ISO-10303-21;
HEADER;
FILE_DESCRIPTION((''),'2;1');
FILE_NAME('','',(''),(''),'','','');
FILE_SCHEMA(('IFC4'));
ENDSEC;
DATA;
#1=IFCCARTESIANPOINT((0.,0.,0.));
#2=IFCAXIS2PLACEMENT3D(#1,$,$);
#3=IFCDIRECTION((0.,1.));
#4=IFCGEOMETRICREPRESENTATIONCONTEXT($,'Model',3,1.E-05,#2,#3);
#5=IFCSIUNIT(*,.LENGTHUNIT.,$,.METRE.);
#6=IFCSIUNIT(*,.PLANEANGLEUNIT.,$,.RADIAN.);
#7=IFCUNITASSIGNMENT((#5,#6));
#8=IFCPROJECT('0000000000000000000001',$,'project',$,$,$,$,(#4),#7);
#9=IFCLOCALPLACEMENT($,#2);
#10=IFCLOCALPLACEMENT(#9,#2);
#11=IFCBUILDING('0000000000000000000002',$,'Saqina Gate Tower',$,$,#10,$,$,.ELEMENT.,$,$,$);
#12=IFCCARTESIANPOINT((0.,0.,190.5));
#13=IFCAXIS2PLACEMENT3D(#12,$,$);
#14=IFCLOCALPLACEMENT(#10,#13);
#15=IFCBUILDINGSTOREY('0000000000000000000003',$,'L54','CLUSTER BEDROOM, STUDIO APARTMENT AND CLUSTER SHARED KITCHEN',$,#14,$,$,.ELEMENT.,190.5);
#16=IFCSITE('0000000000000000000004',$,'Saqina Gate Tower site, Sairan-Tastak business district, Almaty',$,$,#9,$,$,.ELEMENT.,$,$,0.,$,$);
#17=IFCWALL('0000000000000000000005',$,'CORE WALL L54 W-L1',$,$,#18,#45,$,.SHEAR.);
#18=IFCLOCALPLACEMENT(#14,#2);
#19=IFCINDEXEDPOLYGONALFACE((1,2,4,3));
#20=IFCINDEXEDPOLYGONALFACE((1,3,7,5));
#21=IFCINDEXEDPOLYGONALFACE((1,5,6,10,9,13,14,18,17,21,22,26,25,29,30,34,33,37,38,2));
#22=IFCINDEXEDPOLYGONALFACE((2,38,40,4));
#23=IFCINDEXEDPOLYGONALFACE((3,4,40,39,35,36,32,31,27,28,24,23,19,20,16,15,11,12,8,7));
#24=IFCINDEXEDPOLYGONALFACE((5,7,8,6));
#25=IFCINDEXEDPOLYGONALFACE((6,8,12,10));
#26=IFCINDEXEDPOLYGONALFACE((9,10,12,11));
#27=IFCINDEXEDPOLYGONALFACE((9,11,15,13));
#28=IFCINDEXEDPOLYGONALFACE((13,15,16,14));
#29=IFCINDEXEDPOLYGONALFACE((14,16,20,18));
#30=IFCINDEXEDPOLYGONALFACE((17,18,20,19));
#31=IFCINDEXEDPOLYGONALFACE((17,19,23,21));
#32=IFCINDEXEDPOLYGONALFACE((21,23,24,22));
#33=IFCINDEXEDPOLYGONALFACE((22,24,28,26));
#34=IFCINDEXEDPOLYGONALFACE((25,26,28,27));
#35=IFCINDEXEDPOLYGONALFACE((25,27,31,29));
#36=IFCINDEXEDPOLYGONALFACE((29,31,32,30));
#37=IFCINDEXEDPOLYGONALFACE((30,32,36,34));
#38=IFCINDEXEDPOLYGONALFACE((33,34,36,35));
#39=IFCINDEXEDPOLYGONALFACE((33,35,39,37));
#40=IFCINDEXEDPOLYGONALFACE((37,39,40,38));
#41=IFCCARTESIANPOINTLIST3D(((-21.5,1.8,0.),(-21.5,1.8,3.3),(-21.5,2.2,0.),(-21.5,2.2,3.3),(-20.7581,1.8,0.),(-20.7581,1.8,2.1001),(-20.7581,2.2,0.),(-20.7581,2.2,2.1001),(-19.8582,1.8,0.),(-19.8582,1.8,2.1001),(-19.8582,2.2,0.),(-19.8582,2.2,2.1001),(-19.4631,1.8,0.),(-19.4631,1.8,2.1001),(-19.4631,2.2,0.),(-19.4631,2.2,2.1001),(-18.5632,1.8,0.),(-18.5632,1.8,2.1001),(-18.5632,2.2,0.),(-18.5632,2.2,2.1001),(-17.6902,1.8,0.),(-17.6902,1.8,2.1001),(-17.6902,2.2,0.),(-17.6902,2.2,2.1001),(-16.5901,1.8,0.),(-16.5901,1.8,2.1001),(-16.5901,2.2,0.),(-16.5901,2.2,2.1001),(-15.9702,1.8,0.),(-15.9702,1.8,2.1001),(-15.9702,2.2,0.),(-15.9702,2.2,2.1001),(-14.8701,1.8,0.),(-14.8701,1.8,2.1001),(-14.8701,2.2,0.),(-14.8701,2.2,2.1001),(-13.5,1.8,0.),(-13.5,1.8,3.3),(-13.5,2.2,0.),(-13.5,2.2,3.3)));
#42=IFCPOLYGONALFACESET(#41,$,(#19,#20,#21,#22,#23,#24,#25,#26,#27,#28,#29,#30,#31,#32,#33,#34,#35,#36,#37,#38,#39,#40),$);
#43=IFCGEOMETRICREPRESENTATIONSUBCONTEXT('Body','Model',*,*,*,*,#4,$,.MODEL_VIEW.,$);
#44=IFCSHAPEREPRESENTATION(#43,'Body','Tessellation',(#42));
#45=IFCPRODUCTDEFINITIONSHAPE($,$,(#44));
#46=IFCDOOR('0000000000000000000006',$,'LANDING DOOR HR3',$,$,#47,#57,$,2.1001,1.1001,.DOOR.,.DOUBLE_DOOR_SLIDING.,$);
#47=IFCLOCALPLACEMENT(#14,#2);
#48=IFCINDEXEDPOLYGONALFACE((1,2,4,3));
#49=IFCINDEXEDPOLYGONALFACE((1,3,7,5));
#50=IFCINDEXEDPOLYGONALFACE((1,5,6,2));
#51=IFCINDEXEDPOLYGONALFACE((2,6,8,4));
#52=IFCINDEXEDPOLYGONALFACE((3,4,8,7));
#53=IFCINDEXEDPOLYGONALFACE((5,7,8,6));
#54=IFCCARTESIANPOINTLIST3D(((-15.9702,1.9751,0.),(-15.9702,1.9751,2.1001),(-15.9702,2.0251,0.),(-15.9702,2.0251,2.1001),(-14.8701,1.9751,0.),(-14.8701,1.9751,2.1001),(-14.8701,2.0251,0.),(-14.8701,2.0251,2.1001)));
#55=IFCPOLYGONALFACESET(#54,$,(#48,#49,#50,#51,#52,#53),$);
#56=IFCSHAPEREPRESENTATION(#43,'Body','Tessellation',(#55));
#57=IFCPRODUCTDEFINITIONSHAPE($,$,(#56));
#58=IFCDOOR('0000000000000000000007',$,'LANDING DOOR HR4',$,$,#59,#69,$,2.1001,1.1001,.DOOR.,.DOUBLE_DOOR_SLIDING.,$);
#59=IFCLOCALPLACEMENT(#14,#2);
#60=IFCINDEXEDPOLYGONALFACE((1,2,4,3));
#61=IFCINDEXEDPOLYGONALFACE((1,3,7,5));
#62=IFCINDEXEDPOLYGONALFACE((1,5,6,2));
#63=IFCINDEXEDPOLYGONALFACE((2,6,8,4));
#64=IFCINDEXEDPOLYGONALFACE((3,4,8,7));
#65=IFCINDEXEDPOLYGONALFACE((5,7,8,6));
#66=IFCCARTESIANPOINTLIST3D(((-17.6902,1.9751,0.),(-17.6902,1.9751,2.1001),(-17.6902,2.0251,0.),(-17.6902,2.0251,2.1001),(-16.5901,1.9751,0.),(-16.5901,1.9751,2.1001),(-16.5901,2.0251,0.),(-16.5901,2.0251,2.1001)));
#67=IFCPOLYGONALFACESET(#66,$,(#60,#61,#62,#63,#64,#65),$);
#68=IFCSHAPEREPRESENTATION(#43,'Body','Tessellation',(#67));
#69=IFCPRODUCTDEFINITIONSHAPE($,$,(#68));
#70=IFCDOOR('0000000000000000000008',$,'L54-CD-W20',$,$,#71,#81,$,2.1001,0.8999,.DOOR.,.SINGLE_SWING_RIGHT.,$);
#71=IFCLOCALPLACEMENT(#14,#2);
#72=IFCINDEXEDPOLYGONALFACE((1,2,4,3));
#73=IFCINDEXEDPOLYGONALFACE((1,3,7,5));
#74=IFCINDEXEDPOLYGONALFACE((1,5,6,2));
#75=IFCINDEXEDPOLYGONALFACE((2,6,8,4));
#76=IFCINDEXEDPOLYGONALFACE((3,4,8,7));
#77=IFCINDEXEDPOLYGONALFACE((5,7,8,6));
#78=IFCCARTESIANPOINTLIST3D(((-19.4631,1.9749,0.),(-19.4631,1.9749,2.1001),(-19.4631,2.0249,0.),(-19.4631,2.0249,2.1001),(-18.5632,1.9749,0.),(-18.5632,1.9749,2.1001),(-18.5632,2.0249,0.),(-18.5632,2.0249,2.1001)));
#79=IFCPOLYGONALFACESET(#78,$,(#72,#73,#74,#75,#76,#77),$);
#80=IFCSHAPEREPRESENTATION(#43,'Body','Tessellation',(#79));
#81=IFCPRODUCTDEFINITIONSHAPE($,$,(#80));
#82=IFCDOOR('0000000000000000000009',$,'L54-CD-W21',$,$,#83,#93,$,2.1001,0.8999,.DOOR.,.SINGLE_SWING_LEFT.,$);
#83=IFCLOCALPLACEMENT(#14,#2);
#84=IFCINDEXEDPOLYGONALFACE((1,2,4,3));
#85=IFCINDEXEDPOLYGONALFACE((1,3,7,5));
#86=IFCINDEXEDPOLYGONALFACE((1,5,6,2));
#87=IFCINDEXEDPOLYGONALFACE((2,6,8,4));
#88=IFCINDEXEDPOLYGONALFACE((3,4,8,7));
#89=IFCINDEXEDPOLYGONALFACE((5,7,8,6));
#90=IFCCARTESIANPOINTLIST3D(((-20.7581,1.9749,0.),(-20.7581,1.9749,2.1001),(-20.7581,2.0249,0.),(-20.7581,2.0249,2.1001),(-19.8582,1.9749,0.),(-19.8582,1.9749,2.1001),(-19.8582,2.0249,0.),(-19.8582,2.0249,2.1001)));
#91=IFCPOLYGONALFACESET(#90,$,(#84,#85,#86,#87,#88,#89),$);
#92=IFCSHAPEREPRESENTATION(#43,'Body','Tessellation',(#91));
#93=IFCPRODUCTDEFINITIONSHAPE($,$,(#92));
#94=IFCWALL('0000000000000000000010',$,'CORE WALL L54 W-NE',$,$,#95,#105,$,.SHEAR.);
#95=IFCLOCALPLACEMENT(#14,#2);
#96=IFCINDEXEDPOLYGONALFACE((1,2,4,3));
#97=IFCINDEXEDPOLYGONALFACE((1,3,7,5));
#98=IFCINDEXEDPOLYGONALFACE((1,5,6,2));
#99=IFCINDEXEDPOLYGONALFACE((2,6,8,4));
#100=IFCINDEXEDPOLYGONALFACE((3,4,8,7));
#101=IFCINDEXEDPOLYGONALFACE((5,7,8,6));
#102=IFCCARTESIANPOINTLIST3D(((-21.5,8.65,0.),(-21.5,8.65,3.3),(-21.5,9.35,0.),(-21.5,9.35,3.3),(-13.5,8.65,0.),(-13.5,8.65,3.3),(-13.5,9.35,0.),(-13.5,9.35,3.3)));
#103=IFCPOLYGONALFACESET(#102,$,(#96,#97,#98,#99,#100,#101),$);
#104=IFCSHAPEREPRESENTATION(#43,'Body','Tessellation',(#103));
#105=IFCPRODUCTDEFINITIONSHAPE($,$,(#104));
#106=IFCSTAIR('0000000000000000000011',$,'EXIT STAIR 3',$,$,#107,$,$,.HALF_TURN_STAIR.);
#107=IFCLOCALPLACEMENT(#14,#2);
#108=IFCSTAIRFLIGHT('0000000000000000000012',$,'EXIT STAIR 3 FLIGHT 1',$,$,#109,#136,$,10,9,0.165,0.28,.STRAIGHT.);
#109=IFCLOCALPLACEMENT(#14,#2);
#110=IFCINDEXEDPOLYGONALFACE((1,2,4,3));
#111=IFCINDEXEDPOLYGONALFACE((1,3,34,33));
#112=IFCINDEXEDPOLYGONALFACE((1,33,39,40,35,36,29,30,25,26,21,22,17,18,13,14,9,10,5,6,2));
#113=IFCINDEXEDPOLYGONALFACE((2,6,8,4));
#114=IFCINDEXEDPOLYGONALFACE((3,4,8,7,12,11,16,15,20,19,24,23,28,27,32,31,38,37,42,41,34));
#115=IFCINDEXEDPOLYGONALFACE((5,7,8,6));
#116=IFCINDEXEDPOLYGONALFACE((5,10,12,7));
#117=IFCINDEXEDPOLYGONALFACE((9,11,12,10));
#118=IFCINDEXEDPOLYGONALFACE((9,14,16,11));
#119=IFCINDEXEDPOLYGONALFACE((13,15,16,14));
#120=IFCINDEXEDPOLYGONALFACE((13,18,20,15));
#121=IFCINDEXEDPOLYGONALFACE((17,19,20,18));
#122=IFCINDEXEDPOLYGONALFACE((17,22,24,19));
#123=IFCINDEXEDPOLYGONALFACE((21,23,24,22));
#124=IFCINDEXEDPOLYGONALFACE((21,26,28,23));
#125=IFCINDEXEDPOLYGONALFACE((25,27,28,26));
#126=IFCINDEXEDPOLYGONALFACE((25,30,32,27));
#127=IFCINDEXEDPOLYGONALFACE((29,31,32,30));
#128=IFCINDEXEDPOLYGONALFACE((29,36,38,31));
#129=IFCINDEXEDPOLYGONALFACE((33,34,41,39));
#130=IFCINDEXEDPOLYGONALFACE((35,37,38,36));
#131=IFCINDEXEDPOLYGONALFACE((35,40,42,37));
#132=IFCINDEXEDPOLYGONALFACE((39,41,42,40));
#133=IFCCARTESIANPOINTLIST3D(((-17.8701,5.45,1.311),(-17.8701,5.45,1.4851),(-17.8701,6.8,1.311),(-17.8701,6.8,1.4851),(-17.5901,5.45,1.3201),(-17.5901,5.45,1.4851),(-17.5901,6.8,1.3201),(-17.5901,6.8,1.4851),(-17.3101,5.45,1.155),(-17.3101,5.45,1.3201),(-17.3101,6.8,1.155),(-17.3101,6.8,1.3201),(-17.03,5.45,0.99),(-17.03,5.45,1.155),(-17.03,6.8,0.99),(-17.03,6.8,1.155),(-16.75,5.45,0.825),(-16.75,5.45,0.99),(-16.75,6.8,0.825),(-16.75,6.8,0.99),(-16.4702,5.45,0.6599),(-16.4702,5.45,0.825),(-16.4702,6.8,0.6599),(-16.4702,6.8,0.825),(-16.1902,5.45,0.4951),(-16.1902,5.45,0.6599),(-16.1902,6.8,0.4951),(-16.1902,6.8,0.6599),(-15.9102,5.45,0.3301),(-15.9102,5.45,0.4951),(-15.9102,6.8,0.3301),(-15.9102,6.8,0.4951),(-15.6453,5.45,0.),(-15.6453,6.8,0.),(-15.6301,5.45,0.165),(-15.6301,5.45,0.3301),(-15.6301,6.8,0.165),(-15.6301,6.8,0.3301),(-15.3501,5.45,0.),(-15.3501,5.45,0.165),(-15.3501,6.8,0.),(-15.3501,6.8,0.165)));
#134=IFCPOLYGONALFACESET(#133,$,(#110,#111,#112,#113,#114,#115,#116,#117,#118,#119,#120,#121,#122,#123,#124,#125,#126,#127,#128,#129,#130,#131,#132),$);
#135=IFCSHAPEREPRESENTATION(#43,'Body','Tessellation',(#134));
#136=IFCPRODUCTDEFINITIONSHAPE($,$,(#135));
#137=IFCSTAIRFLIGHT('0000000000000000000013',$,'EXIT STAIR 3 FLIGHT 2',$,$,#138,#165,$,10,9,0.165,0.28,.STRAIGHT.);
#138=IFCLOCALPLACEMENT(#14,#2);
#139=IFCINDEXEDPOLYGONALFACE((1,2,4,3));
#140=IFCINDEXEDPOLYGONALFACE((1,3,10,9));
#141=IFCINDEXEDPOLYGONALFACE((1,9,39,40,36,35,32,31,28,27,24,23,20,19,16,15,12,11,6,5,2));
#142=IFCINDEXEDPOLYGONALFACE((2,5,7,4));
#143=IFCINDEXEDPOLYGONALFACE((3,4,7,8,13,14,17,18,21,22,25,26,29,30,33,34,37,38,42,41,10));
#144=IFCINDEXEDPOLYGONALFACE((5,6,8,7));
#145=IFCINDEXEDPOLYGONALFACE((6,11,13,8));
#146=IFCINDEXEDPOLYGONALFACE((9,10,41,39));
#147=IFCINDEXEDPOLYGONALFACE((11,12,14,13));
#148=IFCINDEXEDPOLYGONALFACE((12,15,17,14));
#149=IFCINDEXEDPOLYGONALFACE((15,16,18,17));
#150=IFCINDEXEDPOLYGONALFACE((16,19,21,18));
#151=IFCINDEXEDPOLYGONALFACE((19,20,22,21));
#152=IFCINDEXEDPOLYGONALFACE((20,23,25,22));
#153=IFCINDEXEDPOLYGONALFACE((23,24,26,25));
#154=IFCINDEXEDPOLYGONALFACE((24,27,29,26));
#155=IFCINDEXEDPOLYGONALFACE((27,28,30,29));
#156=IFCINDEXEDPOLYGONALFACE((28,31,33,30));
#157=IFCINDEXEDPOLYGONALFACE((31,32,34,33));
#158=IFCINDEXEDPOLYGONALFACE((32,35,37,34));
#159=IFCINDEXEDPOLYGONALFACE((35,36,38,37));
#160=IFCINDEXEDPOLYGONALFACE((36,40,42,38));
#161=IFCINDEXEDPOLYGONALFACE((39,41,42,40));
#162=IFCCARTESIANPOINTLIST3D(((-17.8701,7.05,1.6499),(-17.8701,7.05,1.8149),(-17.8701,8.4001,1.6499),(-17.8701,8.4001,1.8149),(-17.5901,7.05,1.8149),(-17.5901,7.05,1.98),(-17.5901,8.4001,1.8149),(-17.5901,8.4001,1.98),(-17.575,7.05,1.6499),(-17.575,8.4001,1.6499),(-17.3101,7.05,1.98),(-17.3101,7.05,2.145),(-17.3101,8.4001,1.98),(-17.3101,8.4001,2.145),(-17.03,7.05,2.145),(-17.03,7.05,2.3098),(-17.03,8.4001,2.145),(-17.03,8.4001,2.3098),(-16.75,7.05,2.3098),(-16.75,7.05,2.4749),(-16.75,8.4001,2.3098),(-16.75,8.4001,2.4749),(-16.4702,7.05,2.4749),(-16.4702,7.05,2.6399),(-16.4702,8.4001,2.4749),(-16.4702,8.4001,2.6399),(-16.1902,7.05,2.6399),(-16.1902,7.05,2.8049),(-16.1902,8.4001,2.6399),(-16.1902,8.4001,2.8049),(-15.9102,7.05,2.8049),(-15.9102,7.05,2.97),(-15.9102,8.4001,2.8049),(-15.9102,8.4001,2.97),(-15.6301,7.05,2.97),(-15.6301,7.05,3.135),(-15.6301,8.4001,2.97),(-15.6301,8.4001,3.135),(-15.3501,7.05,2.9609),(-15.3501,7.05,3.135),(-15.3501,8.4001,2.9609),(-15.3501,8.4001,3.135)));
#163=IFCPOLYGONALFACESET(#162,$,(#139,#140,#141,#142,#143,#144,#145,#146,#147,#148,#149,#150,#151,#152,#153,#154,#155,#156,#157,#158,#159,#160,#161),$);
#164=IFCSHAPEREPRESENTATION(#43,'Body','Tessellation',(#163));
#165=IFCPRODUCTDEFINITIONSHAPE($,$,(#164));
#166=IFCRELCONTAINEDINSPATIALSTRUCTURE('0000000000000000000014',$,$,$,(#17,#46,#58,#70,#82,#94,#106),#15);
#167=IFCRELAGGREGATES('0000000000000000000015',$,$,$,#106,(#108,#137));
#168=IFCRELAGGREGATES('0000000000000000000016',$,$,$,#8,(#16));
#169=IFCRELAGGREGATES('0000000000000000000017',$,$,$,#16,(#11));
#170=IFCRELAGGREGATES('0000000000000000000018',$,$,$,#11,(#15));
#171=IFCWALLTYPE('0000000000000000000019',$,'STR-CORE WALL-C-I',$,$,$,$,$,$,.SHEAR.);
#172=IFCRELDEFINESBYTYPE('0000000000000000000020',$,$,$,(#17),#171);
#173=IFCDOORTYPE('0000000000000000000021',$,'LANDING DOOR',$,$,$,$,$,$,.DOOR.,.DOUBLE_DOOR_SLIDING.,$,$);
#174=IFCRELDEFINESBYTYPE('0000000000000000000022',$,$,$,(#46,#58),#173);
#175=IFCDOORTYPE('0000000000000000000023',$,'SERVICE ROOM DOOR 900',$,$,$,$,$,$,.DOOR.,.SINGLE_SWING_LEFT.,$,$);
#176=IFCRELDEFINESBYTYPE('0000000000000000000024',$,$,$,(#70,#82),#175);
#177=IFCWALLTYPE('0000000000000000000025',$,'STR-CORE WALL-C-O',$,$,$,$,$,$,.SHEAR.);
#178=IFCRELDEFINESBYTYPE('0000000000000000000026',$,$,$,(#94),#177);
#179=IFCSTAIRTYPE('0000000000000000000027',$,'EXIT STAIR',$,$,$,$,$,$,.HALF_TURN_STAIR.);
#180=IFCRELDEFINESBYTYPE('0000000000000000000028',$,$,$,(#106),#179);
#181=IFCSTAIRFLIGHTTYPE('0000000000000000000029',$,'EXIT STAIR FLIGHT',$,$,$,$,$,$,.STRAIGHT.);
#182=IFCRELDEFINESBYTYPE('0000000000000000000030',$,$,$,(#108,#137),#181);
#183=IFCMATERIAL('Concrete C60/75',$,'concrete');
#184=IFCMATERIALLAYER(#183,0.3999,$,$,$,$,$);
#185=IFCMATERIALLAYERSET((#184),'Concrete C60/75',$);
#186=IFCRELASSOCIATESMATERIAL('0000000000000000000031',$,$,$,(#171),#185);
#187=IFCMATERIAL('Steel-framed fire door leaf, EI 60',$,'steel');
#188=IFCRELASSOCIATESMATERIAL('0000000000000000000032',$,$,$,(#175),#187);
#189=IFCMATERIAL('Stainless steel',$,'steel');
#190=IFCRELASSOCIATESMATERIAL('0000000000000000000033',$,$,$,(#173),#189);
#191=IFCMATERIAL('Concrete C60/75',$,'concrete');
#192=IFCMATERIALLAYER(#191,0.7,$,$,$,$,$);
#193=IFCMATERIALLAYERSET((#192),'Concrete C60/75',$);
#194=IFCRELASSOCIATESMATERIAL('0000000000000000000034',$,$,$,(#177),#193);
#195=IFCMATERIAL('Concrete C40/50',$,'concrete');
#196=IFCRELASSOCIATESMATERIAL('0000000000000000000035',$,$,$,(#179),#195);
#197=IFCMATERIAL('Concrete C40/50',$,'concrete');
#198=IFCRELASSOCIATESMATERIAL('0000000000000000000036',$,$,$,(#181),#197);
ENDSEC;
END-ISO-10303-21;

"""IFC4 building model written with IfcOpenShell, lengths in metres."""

from ifc_helpers import new_model, si_unit, direction, frame, frame_2d, origin, place, context, subcontext, project, spatial, polyline, rectangle, outline, extrude, material, layer, layer_set, type_object, element, fill, aggregate, save


model = new_model("IFC4")

# Units and contexts
model_context = context("Model", 3, precision=1e-05, world=origin(), true_north=direction((0.0, 1.0)))
body_context = subcontext(model_context, "Body", "Model", "MODEL_VIEW")
ifc_project = project(units=[si_unit("LENGTHUNIT", "METRE"), si_unit("PLANEANGLEUNIT", "RADIAN")], contexts=[model_context])

# Site, building, storey
site_placement = place(None, origin())
site = spatial("IfcSite", under=ifc_project, at=site_placement, Name="Saqina Gate Tower site, Sairan-Tastak business district, Almaty", CompositionType="ELEMENT", RefElevation=0.0)
building_placement = place(site_placement, origin())
building = spatial("IfcBuilding", under=site, at=building_placement, Name="Saqina Gate Tower", CompositionType="ELEMENT")
storey_placement = place(building_placement, frame((0.0, 0.0, 190.5)))
storey = spatial("IfcBuildingStorey", under=building, at=storey_placement, Name="L54", Description="CLUSTER BEDROOM, STUDIO APARTMENT AND CLUSTER SHARED KITCHEN", CompositionType="ELEMENT", Elevation=190.5)

# Shared definitions
ifc_material_1 = material(Name="Concrete C60/75", Category="concrete")
ifc_layer_1 = layer(ifc_material_1, 0.3999)
ifc_layer_set_1 = layer_set([ifc_layer_1], Name="Concrete C60/75")
wall_type_1 = type_object("IfcWallType", Name="STR-CORE WALL-C-I", PredefinedType="SHEAR", material=ifc_layer_set_1)
ifc_material_2 = material(Name="Steel-framed fire door leaf, EI 60", Category="steel")
door_type_1 = type_object("IfcDoorType", Name="SERVICE ROOM DOOR 900", OperationType="SINGLE_SWING_LEFT", PredefinedType="DOOR", material=ifc_material_2)

# Wall, openings, doors
wall_1_placement = place(storey_placement, frame((-13.5, 2.0, 0.0), z_axis=(0.0, 0.0, 1.0), x_axis=(-1.0, 0.0, 0.0)))
wall_1 = element("IfcWall", 1, at=wall_1_placement, inside=storey, type_object=wall_type_1, Name="CORE WALL L54 W-L1", PredefinedType="SHEAR", context=body_context, shape_type="SweptSolid", body=[
    extrude(rectangle(XDim=8.0, YDim=0.3999, at=frame_2d((4.0, 0.0))), origin(), (0.0, 0.0, 1.0), 3.3),
])
opening_1_placement = place(wall_1_placement, frame((1.3701, 0.0, 0.0)))
opening_1 = element("IfcOpeningElement", 2, at=opening_1_placement, cuts=wall_1, PredefinedType="OPENING", context=body_context, shape_type="SweptSolid", body=[
    extrude(rectangle(XDim=1.1001, YDim=2.1001, at=frame_2d((0.55, 1.05))), frame((0.0, 0.2119, 0.0), z_axis=(0.0, -1.0, 0.0), x_axis=(1.0, 0.0, 0.0)), (0.0, 0.0, 1.0), 0.4238),
])
opening_2_placement = place(wall_1_placement, frame((3.0901, 0.0, 0.0)))
opening_2 = element("IfcOpeningElement", 3, at=opening_2_placement, cuts=wall_1, PredefinedType="OPENING", context=body_context, shape_type="SweptSolid", body=[
    extrude(rectangle(XDim=1.1001, YDim=2.1001, at=frame_2d((0.55, 1.05))), frame((0.0, 0.2119, 0.0), z_axis=(0.0, -1.0, 0.0), x_axis=(1.0, 0.0, 0.0)), (0.0, 0.0, 1.0), 0.4238),
])
opening_3_placement = place(wall_1_placement, frame((5.0632, 0.0, 0.0)))
opening_3 = element("IfcOpeningElement", 4, at=opening_3_placement, cuts=wall_1, PredefinedType="OPENING", context=body_context, shape_type="SweptSolid", body=[
    extrude(rectangle(XDim=0.8999, YDim=2.1001, at=frame_2d((0.45, 1.05))), frame((0.0, 0.2119, 0.0), z_axis=(0.0, -1.0, 0.0), x_axis=(1.0, 0.0, 0.0)), (0.0, 0.0, 1.0), 0.4238),
])
opening_4_placement = place(wall_1_placement, frame((6.3582, 0.0, 0.0)))
opening_4 = element("IfcOpeningElement", 5, at=opening_4_placement, cuts=wall_1, PredefinedType="OPENING", context=body_context, shape_type="SweptSolid", body=[
    extrude(rectangle(XDim=0.8999, YDim=2.1001, at=frame_2d((0.45, 1.05))), frame((0.0, 0.2119, 0.0), z_axis=(0.0, -1.0, 0.0), x_axis=(1.0, 0.0, 0.0)), (0.0, 0.0, 1.0), 0.4238),
])
ifc_material_3 = material(Name="Stainless steel", Category="steel")
door_type_2 = type_object("IfcDoorType", Name="LANDING DOOR", OperationType="DOUBLE_DOOR_SLIDING", PredefinedType="DOOR", material=ifc_material_3)
door_1_placement = place(opening_1_placement, origin())
door_1 = element("IfcDoor", 6, at=door_1_placement, inside=storey, type_object=door_type_2, Name="LANDING DOOR HR3", OperationType="DOUBLE_DOOR_SLIDING", OverallHeight=2.1001, OverallWidth=1.1001, PredefinedType="DOOR", context=body_context, shape_type="SweptSolid", body=[
    extrude(rectangle(XDim=1.1001, YDim=2.1001, at=frame_2d((0.55, 1.05))), frame((0.0, 0.0249, 0.0), z_axis=(0.0, -1.0, 0.0), x_axis=(1.0, 0.0, 0.0)), (0.0, 0.0, 1.0), 0.05),
])
fill(opening_1, door_1)
door_2_placement = place(opening_2_placement, origin())
door_2 = element("IfcDoor", 7, at=door_2_placement, inside=storey, type_object=door_type_2, Name="LANDING DOOR HR4", OperationType="DOUBLE_DOOR_SLIDING", OverallHeight=2.1001, OverallWidth=1.1001, PredefinedType="DOOR", context=body_context, shape_type="SweptSolid", body=[
    extrude(rectangle(XDim=1.1001, YDim=2.1001, at=frame_2d((0.55, 1.05))), frame((0.0, 0.0249, 0.0), z_axis=(0.0, -1.0, 0.0), x_axis=(1.0, 0.0, 0.0)), (0.0, 0.0, 1.0), 0.05),
])
fill(opening_2, door_2)
door_3_placement = place(opening_3_placement, frame((0.8999, 0.0, 0.0), z_axis=(0.0, 0.0, 1.0), x_axis=(-1.0, 0.0, 0.0)))
door_3 = element("IfcDoor", 8, at=door_3_placement, inside=storey, type_object=door_type_1, Name="L54-CD-W20", OperationType="SINGLE_SWING_RIGHT", OverallHeight=2.1001, OverallWidth=0.8999, PredefinedType="DOOR", context=body_context, shape_type="SweptSolid", body=[
    extrude(rectangle(XDim=0.8999, YDim=2.1001, at=frame_2d((0.45, 1.05))), frame((0.0, 0.0249, 0.0), z_axis=(0.0, -1.0, 0.0), x_axis=(1.0, 0.0, 0.0)), (0.0, 0.0, 1.0), 0.05),
])
fill(opening_3, door_3)
door_4_placement = place(opening_4_placement, frame((0.8999, 0.0, 0.0), z_axis=(0.0, 0.0, 1.0), x_axis=(-1.0, 0.0, 0.0)))
door_4 = element("IfcDoor", 9, at=door_4_placement, inside=storey, type_object=door_type_1, Name="L54-CD-W21", OperationType="SINGLE_SWING_LEFT", OverallHeight=2.1001, OverallWidth=0.8999, PredefinedType="DOOR", context=body_context, shape_type="SweptSolid", body=[
    extrude(rectangle(XDim=0.8999, YDim=2.1001, at=frame_2d((0.45, 1.05))), frame((0.0, 0.0249, 0.0), z_axis=(0.0, -1.0, 0.0), x_axis=(1.0, 0.0, 0.0)), (0.0, 0.0, 1.0), 0.05),
])
fill(opening_4, door_4)

# Wall
ifc_material_4 = material(Name="Concrete C60/75", Category="concrete")
ifc_layer_2 = layer(ifc_material_4, 0.7)
ifc_layer_set_2 = layer_set([ifc_layer_2], Name="Concrete C60/75")
wall_type_2 = type_object("IfcWallType", Name="STR-CORE WALL-C-O", PredefinedType="SHEAR", material=ifc_layer_set_2)
wall_2_placement = place(storey_placement, frame((-13.5, 9.0, 0.0), z_axis=(0.0, 0.0, 1.0), x_axis=(-1.0, 0.0, 0.0)))
element("IfcWall", 10, at=wall_2_placement, inside=storey, type_object=wall_type_2, Name="CORE WALL L54 W-NE", PredefinedType="SHEAR", context=body_context, shape_type="SweptSolid", body=[
    extrude(rectangle(XDim=8.0, YDim=0.7, at=frame_2d((4.0, 0.0))), origin(), (0.0, 0.0, 1.0), 3.3),
])

# Stair, stair flights
ifc_material_5 = material(Name="Concrete C40/50", Category="concrete")
stair_type = type_object("IfcStairType", Name="EXIT STAIR", PredefinedType="HALF_TURN_STAIR", material=ifc_material_5)
stair_placement = place(storey_placement, origin())
stair = element("IfcStair", 11, at=stair_placement, inside=storey, type_object=stair_type, Name="EXIT STAIR 3", PredefinedType="HALF_TURN_STAIR")
ifc_material_6 = material(Name="Concrete C40/50", Category="concrete")
stair_flight_type = type_object("IfcStairFlightType", Name="EXIT STAIR FLIGHT", PredefinedType="STRAIGHT", material=ifc_material_6)
stair_flight_1_placement = place(storey_placement, frame((-15.3501, 6.125, 0.0), z_axis=(0.0, 0.0, 1.0), x_axis=(-1.0, 0.0, 0.0)))
stair_flight_1 = element("IfcStairFlight", 12, at=stair_flight_1_placement, type_object=stair_flight_type, Name="EXIT STAIR 3 FLIGHT 1", NumberOfRisers=10, NumberOfTreads=9, PredefinedType="STRAIGHT", RiserHeight=0.165, TreadLength=0.28, context=body_context, shape_type="SweptSolid", body=[
    extrude(outline(polyline([(0.0, 0.0), (0.0, 0.165), (0.28, 0.165), (0.28, 0.3301), (0.5601, 0.3301), (0.5601, 0.4951), (0.8401, 0.4951), (0.8401, 0.6599), (1.1201, 0.6599), (1.1201, 0.825), (1.3999, 0.825), (1.3999, 0.99), (1.6799, 0.99), (1.6799, 1.155), (1.96, 1.155), (1.96, 1.3201), (2.24, 1.3201), (2.24, 1.4851), (2.52, 1.4851), (2.52, 1.6499), (2.52, 1.311), (0.2952, 0.0), (0.0, 0.0)])), frame((0.0, 0.675, 0.0), z_axis=(0.0, -1.0, 0.0), x_axis=(1.0, 0.0, 0.0)), (0.0, 0.0, 1.0), 1.3501),
])
stair_flight_2_placement = place(storey_placement, frame((-17.8701, 7.7251, 1.6499), z_axis=(0.0, 0.0, 1.0), x_axis=(1.0, 0.0, 0.0)))
stair_flight_2 = element("IfcStairFlight", 13, at=stair_flight_2_placement, type_object=stair_flight_type, Name="EXIT STAIR 3 FLIGHT 2", NumberOfRisers=10, NumberOfTreads=9, PredefinedType="STRAIGHT", RiserHeight=0.165, TreadLength=0.28, context=body_context, shape_type="SweptSolid", body=[
    extrude(outline(polyline([(0.0, 0.0), (0.0, 0.165), (0.28, 0.165), (0.28, 0.3301), (0.5601, 0.3301), (0.5601, 0.4951), (0.8401, 0.4951), (0.8401, 0.6599), (1.1201, 0.6599), (1.1201, 0.825), (1.3999, 0.825), (1.3999, 0.99), (1.6799, 0.99), (1.6799, 1.155), (1.96, 1.155), (1.96, 1.3201), (2.24, 1.3201), (2.24, 1.4851), (2.52, 1.4851), (2.52, 1.6499), (2.52, 1.311), (0.2952, 0.0), (0.0, 0.0)])), frame((0.0, 0.675, 0.0), z_axis=(0.0, -1.0, 0.0), x_axis=(1.0, 0.0, 0.0)), (0.0, 0.0, 1.0), 1.3501),
])
aggregate(stair, [stair_flight_1, stair_flight_2])

save(model, "model.ifc")
